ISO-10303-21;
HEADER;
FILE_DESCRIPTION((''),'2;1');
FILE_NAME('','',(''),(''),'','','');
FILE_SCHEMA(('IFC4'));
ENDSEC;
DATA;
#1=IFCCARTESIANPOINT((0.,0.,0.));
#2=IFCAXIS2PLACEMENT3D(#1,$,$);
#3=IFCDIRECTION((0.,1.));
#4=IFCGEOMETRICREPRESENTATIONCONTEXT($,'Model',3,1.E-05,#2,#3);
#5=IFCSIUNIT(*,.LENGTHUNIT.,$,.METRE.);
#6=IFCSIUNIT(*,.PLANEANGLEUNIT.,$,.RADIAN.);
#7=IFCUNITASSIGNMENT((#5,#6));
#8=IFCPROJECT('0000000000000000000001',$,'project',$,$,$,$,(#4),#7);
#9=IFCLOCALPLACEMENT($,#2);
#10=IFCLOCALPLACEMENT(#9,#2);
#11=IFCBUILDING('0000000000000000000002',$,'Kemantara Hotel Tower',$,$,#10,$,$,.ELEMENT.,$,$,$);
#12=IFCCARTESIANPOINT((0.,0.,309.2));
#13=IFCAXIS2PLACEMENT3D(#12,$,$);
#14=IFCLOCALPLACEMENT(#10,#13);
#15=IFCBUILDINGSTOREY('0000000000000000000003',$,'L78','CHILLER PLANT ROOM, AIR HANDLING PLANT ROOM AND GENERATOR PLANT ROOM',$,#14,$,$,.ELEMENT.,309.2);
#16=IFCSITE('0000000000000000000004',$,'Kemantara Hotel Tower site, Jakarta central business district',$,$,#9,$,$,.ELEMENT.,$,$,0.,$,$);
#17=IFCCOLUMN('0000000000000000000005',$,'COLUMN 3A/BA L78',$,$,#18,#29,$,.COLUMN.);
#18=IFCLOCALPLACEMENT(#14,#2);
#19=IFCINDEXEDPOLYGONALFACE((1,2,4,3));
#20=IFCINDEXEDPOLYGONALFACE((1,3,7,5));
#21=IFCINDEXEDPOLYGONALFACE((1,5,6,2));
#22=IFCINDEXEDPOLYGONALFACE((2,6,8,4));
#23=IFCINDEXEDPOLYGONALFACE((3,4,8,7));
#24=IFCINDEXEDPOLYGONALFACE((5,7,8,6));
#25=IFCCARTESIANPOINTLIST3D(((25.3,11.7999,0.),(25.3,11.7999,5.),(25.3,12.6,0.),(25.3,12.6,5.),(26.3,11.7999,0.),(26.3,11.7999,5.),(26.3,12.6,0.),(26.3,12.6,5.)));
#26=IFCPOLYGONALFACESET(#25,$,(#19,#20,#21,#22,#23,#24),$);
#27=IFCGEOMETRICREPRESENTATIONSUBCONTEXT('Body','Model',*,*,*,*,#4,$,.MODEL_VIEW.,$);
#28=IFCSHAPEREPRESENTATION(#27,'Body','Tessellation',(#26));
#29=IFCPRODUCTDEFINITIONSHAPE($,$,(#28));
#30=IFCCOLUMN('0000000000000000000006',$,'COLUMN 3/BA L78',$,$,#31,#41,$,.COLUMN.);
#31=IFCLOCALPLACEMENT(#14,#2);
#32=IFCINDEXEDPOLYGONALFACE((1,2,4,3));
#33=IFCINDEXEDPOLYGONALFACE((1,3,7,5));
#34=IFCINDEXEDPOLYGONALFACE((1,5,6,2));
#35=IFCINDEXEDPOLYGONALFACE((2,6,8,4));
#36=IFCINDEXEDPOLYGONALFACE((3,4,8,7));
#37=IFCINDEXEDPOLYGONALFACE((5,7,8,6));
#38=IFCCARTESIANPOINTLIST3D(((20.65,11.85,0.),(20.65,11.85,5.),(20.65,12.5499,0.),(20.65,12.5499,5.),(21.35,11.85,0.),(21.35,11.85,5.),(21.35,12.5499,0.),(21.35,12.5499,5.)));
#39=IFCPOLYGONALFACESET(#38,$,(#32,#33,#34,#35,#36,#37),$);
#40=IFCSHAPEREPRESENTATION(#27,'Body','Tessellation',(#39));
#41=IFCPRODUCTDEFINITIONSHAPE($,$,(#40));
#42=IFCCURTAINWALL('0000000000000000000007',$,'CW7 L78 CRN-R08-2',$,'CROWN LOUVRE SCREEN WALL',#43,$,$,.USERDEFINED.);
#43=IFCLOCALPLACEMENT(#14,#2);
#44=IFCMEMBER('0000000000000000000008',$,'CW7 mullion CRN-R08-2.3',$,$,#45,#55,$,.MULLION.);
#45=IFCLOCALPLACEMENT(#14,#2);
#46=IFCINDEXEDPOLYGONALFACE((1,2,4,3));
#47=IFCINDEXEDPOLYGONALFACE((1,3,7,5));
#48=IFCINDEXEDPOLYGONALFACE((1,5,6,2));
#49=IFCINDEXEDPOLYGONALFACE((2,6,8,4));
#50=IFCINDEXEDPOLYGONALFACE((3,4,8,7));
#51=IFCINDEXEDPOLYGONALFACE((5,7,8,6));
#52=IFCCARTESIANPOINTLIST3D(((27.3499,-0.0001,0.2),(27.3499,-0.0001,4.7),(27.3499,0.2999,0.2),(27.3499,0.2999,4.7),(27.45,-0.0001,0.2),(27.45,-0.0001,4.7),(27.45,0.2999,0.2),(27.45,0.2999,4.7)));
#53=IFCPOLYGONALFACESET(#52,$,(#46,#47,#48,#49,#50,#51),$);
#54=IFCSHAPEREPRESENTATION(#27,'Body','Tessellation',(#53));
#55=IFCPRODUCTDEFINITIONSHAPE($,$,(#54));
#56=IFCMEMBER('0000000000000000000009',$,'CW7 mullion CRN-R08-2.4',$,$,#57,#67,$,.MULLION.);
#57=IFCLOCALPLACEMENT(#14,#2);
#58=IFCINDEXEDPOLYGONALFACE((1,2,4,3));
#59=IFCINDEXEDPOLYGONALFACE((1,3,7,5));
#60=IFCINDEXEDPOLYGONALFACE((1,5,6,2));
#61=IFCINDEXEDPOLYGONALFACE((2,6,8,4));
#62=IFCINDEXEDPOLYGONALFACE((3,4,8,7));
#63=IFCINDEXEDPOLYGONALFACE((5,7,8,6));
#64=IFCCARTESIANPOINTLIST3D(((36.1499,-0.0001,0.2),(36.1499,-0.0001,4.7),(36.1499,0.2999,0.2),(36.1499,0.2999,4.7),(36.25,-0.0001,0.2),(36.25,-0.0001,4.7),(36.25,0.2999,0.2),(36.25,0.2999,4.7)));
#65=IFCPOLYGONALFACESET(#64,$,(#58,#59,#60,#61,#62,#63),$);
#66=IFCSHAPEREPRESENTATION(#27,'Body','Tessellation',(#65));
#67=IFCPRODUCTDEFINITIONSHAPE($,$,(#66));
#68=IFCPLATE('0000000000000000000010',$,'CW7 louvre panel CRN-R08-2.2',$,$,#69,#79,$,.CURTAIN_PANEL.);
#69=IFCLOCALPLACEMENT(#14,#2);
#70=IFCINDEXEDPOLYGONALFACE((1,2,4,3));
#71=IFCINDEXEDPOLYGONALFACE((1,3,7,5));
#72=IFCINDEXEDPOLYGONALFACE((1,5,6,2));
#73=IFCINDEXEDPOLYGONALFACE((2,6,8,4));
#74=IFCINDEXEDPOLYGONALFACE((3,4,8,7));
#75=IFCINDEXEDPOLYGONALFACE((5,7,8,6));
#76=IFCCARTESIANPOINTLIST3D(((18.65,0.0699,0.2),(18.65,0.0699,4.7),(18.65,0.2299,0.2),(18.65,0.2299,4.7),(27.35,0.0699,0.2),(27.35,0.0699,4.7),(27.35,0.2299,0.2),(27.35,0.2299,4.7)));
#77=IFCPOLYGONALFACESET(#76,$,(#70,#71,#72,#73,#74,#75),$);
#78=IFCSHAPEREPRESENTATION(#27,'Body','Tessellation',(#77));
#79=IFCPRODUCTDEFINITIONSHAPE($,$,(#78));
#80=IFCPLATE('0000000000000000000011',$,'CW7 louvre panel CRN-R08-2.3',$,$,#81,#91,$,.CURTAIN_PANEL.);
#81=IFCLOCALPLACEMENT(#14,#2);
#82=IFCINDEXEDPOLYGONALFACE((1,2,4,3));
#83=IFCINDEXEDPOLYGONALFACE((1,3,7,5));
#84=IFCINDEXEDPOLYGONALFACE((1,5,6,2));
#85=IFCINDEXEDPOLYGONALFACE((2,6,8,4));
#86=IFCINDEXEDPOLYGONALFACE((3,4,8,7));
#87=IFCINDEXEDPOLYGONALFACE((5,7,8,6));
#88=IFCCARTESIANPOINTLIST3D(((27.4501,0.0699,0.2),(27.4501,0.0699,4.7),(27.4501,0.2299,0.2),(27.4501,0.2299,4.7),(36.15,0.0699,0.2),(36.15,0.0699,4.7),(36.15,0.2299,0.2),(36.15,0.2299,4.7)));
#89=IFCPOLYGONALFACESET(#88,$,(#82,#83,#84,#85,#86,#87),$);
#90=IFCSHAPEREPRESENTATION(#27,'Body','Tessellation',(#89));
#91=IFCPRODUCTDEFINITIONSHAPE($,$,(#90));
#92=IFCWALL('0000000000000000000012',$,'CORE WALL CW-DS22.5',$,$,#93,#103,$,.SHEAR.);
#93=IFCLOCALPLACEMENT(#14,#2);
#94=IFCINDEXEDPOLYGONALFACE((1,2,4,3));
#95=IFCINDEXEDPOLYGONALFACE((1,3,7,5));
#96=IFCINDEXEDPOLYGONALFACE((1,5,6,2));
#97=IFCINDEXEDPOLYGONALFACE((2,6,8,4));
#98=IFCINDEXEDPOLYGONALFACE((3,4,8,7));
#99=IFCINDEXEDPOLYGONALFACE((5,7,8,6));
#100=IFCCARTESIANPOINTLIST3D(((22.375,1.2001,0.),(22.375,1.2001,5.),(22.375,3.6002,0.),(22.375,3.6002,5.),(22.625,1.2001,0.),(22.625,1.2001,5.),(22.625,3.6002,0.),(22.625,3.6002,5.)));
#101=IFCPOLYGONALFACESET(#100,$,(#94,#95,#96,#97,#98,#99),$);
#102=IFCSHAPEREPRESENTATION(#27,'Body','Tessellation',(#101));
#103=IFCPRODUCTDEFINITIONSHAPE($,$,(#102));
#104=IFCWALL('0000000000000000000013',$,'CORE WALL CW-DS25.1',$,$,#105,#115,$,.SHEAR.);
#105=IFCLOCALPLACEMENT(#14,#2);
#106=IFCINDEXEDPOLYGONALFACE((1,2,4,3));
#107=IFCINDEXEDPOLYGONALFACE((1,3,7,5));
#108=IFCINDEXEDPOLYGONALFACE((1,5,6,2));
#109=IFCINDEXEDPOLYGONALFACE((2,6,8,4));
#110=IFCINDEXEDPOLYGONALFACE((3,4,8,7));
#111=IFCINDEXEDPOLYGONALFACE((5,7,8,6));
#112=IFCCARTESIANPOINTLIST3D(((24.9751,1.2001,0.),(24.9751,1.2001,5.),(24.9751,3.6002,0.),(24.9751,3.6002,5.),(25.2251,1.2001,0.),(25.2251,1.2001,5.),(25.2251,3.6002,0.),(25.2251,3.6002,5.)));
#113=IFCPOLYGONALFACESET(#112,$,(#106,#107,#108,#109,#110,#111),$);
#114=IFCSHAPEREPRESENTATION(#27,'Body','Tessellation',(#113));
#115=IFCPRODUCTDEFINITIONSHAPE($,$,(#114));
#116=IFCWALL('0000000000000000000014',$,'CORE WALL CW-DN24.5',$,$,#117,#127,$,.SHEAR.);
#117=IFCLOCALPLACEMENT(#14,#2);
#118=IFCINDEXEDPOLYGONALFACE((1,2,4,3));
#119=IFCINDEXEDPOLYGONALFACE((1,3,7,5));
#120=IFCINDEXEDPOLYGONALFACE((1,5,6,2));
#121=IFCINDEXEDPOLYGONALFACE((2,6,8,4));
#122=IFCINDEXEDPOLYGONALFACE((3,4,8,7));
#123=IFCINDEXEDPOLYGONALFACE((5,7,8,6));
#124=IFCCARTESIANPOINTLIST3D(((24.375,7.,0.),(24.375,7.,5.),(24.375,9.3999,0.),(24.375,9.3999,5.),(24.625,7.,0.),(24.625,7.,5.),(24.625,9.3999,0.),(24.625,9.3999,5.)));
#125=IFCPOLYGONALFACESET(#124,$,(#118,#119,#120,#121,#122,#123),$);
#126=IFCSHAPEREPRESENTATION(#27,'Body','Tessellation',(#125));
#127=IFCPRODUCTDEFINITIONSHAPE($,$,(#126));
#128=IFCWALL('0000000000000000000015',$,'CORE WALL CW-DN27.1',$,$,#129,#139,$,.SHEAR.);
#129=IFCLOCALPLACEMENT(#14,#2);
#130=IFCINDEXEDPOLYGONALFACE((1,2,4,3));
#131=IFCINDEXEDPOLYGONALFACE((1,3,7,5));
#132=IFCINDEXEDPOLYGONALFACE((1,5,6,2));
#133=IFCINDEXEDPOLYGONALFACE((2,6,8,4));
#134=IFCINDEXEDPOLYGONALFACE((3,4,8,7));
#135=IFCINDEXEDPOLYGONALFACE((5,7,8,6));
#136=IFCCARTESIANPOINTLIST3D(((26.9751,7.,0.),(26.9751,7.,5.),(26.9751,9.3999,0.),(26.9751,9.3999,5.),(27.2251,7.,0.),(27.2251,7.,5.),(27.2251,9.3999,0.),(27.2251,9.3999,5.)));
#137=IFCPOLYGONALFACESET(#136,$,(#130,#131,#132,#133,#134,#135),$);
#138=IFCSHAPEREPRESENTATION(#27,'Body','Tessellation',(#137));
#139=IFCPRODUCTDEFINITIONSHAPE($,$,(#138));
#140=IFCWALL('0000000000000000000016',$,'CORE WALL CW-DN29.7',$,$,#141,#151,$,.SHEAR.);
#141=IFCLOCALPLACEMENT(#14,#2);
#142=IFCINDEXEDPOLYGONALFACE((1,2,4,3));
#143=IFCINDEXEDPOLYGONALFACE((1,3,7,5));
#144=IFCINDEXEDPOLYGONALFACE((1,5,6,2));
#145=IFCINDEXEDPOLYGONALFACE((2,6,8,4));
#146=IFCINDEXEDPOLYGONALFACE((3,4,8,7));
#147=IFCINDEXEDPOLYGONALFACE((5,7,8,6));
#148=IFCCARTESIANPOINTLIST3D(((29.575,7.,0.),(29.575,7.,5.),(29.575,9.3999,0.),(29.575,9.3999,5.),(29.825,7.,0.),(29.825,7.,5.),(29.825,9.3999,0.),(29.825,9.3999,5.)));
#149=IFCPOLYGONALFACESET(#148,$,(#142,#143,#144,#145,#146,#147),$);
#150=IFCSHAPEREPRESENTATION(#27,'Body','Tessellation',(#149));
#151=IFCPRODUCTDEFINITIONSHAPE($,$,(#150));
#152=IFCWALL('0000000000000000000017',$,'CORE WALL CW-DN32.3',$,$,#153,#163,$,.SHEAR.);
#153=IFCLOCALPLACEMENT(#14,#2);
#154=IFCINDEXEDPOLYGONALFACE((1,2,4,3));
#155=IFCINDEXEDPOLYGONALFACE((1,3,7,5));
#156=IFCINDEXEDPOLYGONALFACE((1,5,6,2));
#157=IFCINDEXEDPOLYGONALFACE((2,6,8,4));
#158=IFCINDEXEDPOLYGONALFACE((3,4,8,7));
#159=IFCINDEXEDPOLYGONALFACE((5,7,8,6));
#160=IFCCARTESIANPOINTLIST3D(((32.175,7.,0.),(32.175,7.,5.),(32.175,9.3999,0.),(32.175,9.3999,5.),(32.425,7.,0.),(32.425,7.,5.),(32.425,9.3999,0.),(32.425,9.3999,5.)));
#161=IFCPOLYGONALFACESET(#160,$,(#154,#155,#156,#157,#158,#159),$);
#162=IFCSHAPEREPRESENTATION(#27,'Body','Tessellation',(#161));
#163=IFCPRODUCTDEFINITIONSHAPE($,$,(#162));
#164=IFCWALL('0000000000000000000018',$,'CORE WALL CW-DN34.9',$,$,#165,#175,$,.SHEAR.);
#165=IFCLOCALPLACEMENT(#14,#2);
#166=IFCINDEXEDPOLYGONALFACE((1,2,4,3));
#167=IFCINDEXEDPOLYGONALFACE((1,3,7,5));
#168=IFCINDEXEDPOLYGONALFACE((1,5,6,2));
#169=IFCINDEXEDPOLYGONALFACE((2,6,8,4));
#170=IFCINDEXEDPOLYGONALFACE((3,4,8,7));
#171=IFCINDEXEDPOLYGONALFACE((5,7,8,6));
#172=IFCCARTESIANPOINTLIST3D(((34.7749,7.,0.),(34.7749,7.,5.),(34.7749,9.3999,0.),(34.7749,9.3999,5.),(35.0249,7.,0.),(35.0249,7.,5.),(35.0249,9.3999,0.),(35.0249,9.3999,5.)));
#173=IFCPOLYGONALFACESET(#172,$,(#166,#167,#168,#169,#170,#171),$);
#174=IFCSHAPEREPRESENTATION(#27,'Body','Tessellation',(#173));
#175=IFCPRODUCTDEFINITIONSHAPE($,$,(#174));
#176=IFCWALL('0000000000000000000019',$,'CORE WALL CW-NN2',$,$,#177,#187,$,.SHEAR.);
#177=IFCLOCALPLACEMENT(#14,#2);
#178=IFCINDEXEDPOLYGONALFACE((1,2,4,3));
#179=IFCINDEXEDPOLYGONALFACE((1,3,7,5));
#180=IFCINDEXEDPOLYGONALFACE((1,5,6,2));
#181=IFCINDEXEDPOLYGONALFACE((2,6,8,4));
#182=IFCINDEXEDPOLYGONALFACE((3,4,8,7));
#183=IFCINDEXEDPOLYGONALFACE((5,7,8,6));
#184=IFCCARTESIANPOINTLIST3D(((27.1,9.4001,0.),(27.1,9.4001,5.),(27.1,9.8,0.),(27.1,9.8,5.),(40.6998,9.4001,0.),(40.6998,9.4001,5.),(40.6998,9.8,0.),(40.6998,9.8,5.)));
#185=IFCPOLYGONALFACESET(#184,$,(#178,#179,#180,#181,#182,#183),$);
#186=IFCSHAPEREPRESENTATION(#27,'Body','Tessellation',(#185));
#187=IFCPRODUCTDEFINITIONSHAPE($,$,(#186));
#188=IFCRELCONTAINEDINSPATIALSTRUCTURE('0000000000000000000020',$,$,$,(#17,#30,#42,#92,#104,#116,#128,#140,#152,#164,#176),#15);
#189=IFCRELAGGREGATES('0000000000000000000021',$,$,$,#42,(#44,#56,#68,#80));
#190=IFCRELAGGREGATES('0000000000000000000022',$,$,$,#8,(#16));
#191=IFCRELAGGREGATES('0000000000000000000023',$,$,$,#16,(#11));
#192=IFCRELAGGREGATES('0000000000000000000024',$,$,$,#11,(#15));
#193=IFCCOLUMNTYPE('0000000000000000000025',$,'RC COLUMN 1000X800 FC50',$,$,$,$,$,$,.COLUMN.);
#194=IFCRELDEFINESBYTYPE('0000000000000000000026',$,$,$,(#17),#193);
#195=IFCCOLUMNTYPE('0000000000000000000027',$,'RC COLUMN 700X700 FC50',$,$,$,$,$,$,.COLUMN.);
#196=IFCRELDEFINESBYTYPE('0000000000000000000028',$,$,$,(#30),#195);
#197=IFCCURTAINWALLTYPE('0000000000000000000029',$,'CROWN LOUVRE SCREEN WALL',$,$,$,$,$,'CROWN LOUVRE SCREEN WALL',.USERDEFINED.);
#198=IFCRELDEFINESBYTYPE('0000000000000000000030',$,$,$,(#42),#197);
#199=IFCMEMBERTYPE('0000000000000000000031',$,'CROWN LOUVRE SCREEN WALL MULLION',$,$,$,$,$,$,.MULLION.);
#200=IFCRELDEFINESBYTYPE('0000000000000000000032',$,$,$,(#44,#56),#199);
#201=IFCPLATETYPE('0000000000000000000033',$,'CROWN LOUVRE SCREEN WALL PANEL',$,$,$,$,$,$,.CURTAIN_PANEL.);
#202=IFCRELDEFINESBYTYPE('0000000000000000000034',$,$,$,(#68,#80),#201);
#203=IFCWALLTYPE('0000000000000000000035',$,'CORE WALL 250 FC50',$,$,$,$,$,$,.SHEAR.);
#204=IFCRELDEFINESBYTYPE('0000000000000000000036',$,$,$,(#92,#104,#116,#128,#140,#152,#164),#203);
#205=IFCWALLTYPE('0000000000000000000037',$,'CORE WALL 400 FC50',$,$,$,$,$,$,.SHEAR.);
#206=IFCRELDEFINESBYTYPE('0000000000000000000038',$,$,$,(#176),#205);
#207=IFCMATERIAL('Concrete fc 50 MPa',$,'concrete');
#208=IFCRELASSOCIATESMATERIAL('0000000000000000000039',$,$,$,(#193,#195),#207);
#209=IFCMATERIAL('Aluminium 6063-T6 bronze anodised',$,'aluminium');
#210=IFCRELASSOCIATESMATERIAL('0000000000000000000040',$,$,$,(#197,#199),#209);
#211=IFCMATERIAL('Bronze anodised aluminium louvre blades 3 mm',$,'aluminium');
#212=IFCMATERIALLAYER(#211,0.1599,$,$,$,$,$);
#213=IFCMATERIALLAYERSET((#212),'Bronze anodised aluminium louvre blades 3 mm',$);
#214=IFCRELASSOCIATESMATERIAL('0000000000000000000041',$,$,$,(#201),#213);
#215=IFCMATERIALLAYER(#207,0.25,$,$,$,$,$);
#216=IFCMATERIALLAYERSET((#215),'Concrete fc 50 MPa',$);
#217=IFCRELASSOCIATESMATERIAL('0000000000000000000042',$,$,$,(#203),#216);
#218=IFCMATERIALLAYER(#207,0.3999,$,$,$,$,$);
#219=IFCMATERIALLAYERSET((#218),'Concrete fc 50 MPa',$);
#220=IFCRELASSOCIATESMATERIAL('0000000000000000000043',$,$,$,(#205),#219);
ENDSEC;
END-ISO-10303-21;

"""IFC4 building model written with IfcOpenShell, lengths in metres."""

from ifc_helpers import new_model, si_unit, direction, frame, frame_2d, origin, origin_2d, place, context, subcontext, project, spatial, rectangle, extrude, source, transform, mapped, material, layer, layer_set, material_profile, profile_set, type_object, element, aggregate, save


model = new_model("IFC4")

# Units and contexts
model_context = context("Model", 3, precision=1e-05, world=origin(), true_north=direction((0.0, 1.0)))
body_context = subcontext(model_context, "Body", "Model", "MODEL_VIEW")
ifc_project = project(units=[si_unit("LENGTHUNIT", "METRE"), si_unit("PLANEANGLEUNIT", "RADIAN")], contexts=[model_context])

# Site, building, storey
site_placement = place(None, origin())
site = spatial("IfcSite", under=ifc_project, at=site_placement, Name="Kemantara Hotel Tower site, Jakarta central business district", CompositionType="ELEMENT", RefElevation=0.0)
building_placement = place(site_placement, origin())
building = spatial("IfcBuilding", under=site, at=building_placement, Name="Kemantara Hotel Tower", CompositionType="ELEMENT")
storey_placement = place(building_placement, frame((0.0, 0.0, 309.2)))
storey = spatial("IfcBuildingStorey", under=building, at=storey_placement, Name="L78", Description="CHILLER PLANT ROOM, AIR HANDLING PLANT ROOM AND GENERATOR PLANT ROOM", CompositionType="ELEMENT", Elevation=309.2)

# Columns
ifc_material_1 = material(Name="Concrete fc 50 MPa", Category="concrete")
ifc_material_profile_1 = material_profile(ifc_material_1, rectangle(XDim=1.0, YDim=0.8, at=origin_2d()), Name="RC 1000X800")
ifc_profile_set_1 = profile_set([ifc_material_profile_1], Name="Concrete fc 50 MPa")
column_type_1 = type_object("IfcColumnType", Name="RC COLUMN 1000X800 FC50", PredefinedType="COLUMN", material=ifc_profile_set_1)
column_1_placement = place(storey_placement, frame((25.8, 12.2, 0.0), z_axis=(0.0, 0.0, 1.0), x_axis=(1.0, 0.0, 0.0)))
element("IfcColumn", 1, at=column_1_placement, inside=storey, type_object=column_type_1, Name="COLUMN 3A/BA L78", PredefinedType="COLUMN", context=body_context, shape_type="SweptSolid", body=[
    extrude(rectangle(XDim=1.0, YDim=0.8, at=origin_2d()), origin(), (0.0, 0.0, 1.0), 5.0),
])
ifc_material_profile_2 = material_profile(ifc_material_1, rectangle(XDim=0.7, YDim=0.7, at=origin_2d()), Name="RC 700X700")
ifc_profile_set_2 = profile_set([ifc_material_profile_2], Name="Concrete fc 50 MPa")
column_type_2 = type_object("IfcColumnType", Name="RC COLUMN 700X700 FC50", PredefinedType="COLUMN", material=ifc_profile_set_2)
column_2_placement = place(storey_placement, frame((21.0, 12.2, 0.0), z_axis=(0.0, 0.0, 1.0), x_axis=(1.0, 0.0, 0.0)))
element("IfcColumn", 2, at=column_2_placement, inside=storey, type_object=column_type_2, Name="COLUMN 3/BA L78", PredefinedType="COLUMN", context=body_context, shape_type="SweptSolid", body=[
    extrude(rectangle(XDim=0.7, YDim=0.7, at=origin_2d()), origin(), (0.0, 0.0, 1.0), 5.0),
])

# Curtain wall, members, plates
ifc_material_2 = material(Name="Aluminium 6063-T6 bronze anodised", Category="aluminium")
curtain_wall_type = type_object("IfcCurtainWallType", Name="CROWN LOUVRE SCREEN WALL", ElementType="CROWN LOUVRE SCREEN WALL", PredefinedType="USERDEFINED", material=ifc_material_2)
curtain_wall_placement = place(storey_placement, origin())
curtain_wall = element("IfcCurtainWall", 3, at=curtain_wall_placement, inside=storey, type_object=curtain_wall_type, Name="CW7 L78 CRN-R08-2", ObjectType="CROWN LOUVRE SCREEN WALL", PredefinedType="USERDEFINED")
ifc_material_profile_3 = material_profile(ifc_material_2, rectangle(XDim=0.3, YDim=0.1001, at=origin_2d()), Name="CROWN LOUVRE SCREEN WALL MULLION")
ifc_profile_set_3 = profile_set([ifc_material_profile_3], Name="Aluminium 6063-T6 bronze anodised")
member_type = type_object("IfcMemberType", Name="CROWN LOUVRE SCREEN WALL MULLION", PredefinedType="MULLION", material=ifc_profile_set_3)
shared_shape_1 = source(origin(), body_context, "Body", "SweptSolid", [
    extrude(rectangle(XDim=0.3, YDim=0.1001, at=origin_2d()), origin(), (0.0, 0.0, 1.0), 4.5),
])
member_1_placement = place(storey_placement, frame((27.3999, 0.1499, 0.2), z_axis=(0.0, 0.0, 1.0), x_axis=(0.0, 1.0, 0.0)))
member_1 = element("IfcMember", 4, at=member_1_placement, type_object=member_type, Name="CW7 mullion CRN-R08-2.3", PredefinedType="MULLION", context=body_context, shape_type="MappedRepresentation", body=[
    mapped(shared_shape_1, transform((0.0, 0.0, 0.0))),
])
member_2_placement = place(storey_placement, frame((36.2, 0.1499, 0.2), z_axis=(0.0, 0.0, 1.0), x_axis=(0.0, 1.0, 0.0)))
member_2 = element("IfcMember", 5, at=member_2_placement, type_object=member_type, Name="CW7 mullion CRN-R08-2.4", PredefinedType="MULLION", context=body_context, shape_type="MappedRepresentation", body=[
    mapped(shared_shape_1, transform((0.0, 0.0, 0.0))),
])
ifc_material_3 = material(Name="Bronze anodised aluminium louvre blades 3 mm", Category="aluminium")
ifc_layer_1 = layer(ifc_material_3, 0.1599)
ifc_layer_set_1 = layer_set([ifc_layer_1], Name="Bronze anodised aluminium louvre blades 3 mm")
plate_type = type_object("IfcPlateType", Name="CROWN LOUVRE SCREEN WALL PANEL", PredefinedType="CURTAIN_PANEL", material=ifc_layer_set_1)
shared_shape_2 = source(origin(), body_context, "Body", "SweptSolid", [
    extrude(rectangle(XDim=8.7, YDim=0.1599, at=origin_2d()), origin(), (0.0, 0.0, 1.0), 4.5),
])
plate_1_placement = place(storey_placement, frame((23.0, 0.1499, 0.2), z_axis=(0.0, 0.0, 1.0), x_axis=(1.0, 0.0, 0.0)))
plate_1 = element("IfcPlate", 6, at=plate_1_placement, type_object=plate_type, Name="CW7 louvre panel CRN-R08-2.2", PredefinedType="CURTAIN_PANEL", context=body_context, shape_type="MappedRepresentation", body=[
    mapped(shared_shape_2, transform((0.0, 0.0, 0.0))),
])
plate_2_placement = place(storey_placement, frame((31.8, 0.1499, 0.2), z_axis=(0.0, 0.0, 1.0), x_axis=(1.0, 0.0, 0.0)))
plate_2 = element("IfcPlate", 7, at=plate_2_placement, type_object=plate_type, Name="CW7 louvre panel CRN-R08-2.3", PredefinedType="CURTAIN_PANEL", context=body_context, shape_type="MappedRepresentation", body=[
    mapped(shared_shape_2, transform((0.0, 0.0, 0.0))),
])
aggregate(curtain_wall, [member_1, member_2, plate_1, plate_2])

# Walls
ifc_layer_2 = layer(ifc_material_1, 0.25)
ifc_layer_set_2 = layer_set([ifc_layer_2], Name="Concrete fc 50 MPa")
wall_type_1 = type_object("IfcWallType", Name="CORE WALL 250 FC50", PredefinedType="SHEAR", material=ifc_layer_set_2)
for number, where, z_axis, x_axis, name in (
    (8, (22.5, 1.2, 0.0), (0.0, 0.0, 1.0), (0.0, 1.0, 0.0), "CORE WALL CW-DS22.5"),
    (9, (25.1001, 1.2, 0.0), (0.0, 0.0, 1.0), (0.0, 1.0, 0.0), "CORE WALL CW-DS25.1"),
):
    element("IfcWall", number, at=place(storey_placement, frame(where, z_axis=z_axis, x_axis=x_axis)), inside=storey, type_object=wall_type_1, Name=name, PredefinedType="SHEAR", context=body_context, shape_type="SweptSolid", body=[
        extrude(rectangle(XDim=2.4001, YDim=0.25, at=frame_2d((1.2002, 0.0))), origin(), (0.0, 0.0, 1.0), 5.0),
    ])
for number, where, z_axis, x_axis, name in (
    (10, (24.5, 7.0, 0.0), (0.0, 0.0, 1.0), (0.0, 1.0, 0.0), "CORE WALL CW-DN24.5"),
    (11, (27.1001, 7.0, 0.0), (0.0, 0.0, 1.0), (0.0, 1.0, 0.0), "CORE WALL CW-DN27.1"),
    (12, (29.7, 7.0, 0.0), (0.0, 0.0, 1.0), (0.0, 1.0, 0.0), "CORE WALL CW-DN29.7"),
    (13, (32.3, 7.0, 0.0), (0.0, 0.0, 1.0), (0.0, 1.0, 0.0), "CORE WALL CW-DN32.3"),
    (14, (34.8999, 7.0, 0.0), (0.0, 0.0, 1.0), (0.0, 1.0, 0.0), "CORE WALL CW-DN34.9"),
):
    element("IfcWall", number, at=place(storey_placement, frame(where, z_axis=z_axis, x_axis=x_axis)), inside=storey, type_object=wall_type_1, Name=name, PredefinedType="SHEAR", context=body_context, shape_type="SweptSolid", body=[
        extrude(rectangle(XDim=2.3999, YDim=0.25, at=frame_2d((1.2, 0.0))), origin(), (0.0, 0.0, 1.0), 5.0),
    ])
ifc_layer_3 = layer(ifc_material_1, 0.3999)
ifc_layer_set_3 = layer_set([ifc_layer_3], Name="Concrete fc 50 MPa")
wall_type_2 = type_object("IfcWallType", Name="CORE WALL 400 FC50", PredefinedType="SHEAR", material=ifc_layer_set_3)
wall_1_placement = place(storey_placement, frame((27.1001, 9.6001, 0.0), z_axis=(0.0, 0.0, 1.0), x_axis=(1.0, 0.0, 0.0)))
element("IfcWall", 15, at=wall_1_placement, inside=storey, type_object=wall_type_2, Name="CORE WALL CW-NN2", PredefinedType="SHEAR", context=body_context, shape_type="SweptSolid", body=[
    extrude(rectangle(XDim=13.5999, YDim=0.3999, at=frame_2d((6.7998, 0.0))), origin(), (0.0, 0.0, 1.0), 5.0),
])

save(model, "model.ifc")
